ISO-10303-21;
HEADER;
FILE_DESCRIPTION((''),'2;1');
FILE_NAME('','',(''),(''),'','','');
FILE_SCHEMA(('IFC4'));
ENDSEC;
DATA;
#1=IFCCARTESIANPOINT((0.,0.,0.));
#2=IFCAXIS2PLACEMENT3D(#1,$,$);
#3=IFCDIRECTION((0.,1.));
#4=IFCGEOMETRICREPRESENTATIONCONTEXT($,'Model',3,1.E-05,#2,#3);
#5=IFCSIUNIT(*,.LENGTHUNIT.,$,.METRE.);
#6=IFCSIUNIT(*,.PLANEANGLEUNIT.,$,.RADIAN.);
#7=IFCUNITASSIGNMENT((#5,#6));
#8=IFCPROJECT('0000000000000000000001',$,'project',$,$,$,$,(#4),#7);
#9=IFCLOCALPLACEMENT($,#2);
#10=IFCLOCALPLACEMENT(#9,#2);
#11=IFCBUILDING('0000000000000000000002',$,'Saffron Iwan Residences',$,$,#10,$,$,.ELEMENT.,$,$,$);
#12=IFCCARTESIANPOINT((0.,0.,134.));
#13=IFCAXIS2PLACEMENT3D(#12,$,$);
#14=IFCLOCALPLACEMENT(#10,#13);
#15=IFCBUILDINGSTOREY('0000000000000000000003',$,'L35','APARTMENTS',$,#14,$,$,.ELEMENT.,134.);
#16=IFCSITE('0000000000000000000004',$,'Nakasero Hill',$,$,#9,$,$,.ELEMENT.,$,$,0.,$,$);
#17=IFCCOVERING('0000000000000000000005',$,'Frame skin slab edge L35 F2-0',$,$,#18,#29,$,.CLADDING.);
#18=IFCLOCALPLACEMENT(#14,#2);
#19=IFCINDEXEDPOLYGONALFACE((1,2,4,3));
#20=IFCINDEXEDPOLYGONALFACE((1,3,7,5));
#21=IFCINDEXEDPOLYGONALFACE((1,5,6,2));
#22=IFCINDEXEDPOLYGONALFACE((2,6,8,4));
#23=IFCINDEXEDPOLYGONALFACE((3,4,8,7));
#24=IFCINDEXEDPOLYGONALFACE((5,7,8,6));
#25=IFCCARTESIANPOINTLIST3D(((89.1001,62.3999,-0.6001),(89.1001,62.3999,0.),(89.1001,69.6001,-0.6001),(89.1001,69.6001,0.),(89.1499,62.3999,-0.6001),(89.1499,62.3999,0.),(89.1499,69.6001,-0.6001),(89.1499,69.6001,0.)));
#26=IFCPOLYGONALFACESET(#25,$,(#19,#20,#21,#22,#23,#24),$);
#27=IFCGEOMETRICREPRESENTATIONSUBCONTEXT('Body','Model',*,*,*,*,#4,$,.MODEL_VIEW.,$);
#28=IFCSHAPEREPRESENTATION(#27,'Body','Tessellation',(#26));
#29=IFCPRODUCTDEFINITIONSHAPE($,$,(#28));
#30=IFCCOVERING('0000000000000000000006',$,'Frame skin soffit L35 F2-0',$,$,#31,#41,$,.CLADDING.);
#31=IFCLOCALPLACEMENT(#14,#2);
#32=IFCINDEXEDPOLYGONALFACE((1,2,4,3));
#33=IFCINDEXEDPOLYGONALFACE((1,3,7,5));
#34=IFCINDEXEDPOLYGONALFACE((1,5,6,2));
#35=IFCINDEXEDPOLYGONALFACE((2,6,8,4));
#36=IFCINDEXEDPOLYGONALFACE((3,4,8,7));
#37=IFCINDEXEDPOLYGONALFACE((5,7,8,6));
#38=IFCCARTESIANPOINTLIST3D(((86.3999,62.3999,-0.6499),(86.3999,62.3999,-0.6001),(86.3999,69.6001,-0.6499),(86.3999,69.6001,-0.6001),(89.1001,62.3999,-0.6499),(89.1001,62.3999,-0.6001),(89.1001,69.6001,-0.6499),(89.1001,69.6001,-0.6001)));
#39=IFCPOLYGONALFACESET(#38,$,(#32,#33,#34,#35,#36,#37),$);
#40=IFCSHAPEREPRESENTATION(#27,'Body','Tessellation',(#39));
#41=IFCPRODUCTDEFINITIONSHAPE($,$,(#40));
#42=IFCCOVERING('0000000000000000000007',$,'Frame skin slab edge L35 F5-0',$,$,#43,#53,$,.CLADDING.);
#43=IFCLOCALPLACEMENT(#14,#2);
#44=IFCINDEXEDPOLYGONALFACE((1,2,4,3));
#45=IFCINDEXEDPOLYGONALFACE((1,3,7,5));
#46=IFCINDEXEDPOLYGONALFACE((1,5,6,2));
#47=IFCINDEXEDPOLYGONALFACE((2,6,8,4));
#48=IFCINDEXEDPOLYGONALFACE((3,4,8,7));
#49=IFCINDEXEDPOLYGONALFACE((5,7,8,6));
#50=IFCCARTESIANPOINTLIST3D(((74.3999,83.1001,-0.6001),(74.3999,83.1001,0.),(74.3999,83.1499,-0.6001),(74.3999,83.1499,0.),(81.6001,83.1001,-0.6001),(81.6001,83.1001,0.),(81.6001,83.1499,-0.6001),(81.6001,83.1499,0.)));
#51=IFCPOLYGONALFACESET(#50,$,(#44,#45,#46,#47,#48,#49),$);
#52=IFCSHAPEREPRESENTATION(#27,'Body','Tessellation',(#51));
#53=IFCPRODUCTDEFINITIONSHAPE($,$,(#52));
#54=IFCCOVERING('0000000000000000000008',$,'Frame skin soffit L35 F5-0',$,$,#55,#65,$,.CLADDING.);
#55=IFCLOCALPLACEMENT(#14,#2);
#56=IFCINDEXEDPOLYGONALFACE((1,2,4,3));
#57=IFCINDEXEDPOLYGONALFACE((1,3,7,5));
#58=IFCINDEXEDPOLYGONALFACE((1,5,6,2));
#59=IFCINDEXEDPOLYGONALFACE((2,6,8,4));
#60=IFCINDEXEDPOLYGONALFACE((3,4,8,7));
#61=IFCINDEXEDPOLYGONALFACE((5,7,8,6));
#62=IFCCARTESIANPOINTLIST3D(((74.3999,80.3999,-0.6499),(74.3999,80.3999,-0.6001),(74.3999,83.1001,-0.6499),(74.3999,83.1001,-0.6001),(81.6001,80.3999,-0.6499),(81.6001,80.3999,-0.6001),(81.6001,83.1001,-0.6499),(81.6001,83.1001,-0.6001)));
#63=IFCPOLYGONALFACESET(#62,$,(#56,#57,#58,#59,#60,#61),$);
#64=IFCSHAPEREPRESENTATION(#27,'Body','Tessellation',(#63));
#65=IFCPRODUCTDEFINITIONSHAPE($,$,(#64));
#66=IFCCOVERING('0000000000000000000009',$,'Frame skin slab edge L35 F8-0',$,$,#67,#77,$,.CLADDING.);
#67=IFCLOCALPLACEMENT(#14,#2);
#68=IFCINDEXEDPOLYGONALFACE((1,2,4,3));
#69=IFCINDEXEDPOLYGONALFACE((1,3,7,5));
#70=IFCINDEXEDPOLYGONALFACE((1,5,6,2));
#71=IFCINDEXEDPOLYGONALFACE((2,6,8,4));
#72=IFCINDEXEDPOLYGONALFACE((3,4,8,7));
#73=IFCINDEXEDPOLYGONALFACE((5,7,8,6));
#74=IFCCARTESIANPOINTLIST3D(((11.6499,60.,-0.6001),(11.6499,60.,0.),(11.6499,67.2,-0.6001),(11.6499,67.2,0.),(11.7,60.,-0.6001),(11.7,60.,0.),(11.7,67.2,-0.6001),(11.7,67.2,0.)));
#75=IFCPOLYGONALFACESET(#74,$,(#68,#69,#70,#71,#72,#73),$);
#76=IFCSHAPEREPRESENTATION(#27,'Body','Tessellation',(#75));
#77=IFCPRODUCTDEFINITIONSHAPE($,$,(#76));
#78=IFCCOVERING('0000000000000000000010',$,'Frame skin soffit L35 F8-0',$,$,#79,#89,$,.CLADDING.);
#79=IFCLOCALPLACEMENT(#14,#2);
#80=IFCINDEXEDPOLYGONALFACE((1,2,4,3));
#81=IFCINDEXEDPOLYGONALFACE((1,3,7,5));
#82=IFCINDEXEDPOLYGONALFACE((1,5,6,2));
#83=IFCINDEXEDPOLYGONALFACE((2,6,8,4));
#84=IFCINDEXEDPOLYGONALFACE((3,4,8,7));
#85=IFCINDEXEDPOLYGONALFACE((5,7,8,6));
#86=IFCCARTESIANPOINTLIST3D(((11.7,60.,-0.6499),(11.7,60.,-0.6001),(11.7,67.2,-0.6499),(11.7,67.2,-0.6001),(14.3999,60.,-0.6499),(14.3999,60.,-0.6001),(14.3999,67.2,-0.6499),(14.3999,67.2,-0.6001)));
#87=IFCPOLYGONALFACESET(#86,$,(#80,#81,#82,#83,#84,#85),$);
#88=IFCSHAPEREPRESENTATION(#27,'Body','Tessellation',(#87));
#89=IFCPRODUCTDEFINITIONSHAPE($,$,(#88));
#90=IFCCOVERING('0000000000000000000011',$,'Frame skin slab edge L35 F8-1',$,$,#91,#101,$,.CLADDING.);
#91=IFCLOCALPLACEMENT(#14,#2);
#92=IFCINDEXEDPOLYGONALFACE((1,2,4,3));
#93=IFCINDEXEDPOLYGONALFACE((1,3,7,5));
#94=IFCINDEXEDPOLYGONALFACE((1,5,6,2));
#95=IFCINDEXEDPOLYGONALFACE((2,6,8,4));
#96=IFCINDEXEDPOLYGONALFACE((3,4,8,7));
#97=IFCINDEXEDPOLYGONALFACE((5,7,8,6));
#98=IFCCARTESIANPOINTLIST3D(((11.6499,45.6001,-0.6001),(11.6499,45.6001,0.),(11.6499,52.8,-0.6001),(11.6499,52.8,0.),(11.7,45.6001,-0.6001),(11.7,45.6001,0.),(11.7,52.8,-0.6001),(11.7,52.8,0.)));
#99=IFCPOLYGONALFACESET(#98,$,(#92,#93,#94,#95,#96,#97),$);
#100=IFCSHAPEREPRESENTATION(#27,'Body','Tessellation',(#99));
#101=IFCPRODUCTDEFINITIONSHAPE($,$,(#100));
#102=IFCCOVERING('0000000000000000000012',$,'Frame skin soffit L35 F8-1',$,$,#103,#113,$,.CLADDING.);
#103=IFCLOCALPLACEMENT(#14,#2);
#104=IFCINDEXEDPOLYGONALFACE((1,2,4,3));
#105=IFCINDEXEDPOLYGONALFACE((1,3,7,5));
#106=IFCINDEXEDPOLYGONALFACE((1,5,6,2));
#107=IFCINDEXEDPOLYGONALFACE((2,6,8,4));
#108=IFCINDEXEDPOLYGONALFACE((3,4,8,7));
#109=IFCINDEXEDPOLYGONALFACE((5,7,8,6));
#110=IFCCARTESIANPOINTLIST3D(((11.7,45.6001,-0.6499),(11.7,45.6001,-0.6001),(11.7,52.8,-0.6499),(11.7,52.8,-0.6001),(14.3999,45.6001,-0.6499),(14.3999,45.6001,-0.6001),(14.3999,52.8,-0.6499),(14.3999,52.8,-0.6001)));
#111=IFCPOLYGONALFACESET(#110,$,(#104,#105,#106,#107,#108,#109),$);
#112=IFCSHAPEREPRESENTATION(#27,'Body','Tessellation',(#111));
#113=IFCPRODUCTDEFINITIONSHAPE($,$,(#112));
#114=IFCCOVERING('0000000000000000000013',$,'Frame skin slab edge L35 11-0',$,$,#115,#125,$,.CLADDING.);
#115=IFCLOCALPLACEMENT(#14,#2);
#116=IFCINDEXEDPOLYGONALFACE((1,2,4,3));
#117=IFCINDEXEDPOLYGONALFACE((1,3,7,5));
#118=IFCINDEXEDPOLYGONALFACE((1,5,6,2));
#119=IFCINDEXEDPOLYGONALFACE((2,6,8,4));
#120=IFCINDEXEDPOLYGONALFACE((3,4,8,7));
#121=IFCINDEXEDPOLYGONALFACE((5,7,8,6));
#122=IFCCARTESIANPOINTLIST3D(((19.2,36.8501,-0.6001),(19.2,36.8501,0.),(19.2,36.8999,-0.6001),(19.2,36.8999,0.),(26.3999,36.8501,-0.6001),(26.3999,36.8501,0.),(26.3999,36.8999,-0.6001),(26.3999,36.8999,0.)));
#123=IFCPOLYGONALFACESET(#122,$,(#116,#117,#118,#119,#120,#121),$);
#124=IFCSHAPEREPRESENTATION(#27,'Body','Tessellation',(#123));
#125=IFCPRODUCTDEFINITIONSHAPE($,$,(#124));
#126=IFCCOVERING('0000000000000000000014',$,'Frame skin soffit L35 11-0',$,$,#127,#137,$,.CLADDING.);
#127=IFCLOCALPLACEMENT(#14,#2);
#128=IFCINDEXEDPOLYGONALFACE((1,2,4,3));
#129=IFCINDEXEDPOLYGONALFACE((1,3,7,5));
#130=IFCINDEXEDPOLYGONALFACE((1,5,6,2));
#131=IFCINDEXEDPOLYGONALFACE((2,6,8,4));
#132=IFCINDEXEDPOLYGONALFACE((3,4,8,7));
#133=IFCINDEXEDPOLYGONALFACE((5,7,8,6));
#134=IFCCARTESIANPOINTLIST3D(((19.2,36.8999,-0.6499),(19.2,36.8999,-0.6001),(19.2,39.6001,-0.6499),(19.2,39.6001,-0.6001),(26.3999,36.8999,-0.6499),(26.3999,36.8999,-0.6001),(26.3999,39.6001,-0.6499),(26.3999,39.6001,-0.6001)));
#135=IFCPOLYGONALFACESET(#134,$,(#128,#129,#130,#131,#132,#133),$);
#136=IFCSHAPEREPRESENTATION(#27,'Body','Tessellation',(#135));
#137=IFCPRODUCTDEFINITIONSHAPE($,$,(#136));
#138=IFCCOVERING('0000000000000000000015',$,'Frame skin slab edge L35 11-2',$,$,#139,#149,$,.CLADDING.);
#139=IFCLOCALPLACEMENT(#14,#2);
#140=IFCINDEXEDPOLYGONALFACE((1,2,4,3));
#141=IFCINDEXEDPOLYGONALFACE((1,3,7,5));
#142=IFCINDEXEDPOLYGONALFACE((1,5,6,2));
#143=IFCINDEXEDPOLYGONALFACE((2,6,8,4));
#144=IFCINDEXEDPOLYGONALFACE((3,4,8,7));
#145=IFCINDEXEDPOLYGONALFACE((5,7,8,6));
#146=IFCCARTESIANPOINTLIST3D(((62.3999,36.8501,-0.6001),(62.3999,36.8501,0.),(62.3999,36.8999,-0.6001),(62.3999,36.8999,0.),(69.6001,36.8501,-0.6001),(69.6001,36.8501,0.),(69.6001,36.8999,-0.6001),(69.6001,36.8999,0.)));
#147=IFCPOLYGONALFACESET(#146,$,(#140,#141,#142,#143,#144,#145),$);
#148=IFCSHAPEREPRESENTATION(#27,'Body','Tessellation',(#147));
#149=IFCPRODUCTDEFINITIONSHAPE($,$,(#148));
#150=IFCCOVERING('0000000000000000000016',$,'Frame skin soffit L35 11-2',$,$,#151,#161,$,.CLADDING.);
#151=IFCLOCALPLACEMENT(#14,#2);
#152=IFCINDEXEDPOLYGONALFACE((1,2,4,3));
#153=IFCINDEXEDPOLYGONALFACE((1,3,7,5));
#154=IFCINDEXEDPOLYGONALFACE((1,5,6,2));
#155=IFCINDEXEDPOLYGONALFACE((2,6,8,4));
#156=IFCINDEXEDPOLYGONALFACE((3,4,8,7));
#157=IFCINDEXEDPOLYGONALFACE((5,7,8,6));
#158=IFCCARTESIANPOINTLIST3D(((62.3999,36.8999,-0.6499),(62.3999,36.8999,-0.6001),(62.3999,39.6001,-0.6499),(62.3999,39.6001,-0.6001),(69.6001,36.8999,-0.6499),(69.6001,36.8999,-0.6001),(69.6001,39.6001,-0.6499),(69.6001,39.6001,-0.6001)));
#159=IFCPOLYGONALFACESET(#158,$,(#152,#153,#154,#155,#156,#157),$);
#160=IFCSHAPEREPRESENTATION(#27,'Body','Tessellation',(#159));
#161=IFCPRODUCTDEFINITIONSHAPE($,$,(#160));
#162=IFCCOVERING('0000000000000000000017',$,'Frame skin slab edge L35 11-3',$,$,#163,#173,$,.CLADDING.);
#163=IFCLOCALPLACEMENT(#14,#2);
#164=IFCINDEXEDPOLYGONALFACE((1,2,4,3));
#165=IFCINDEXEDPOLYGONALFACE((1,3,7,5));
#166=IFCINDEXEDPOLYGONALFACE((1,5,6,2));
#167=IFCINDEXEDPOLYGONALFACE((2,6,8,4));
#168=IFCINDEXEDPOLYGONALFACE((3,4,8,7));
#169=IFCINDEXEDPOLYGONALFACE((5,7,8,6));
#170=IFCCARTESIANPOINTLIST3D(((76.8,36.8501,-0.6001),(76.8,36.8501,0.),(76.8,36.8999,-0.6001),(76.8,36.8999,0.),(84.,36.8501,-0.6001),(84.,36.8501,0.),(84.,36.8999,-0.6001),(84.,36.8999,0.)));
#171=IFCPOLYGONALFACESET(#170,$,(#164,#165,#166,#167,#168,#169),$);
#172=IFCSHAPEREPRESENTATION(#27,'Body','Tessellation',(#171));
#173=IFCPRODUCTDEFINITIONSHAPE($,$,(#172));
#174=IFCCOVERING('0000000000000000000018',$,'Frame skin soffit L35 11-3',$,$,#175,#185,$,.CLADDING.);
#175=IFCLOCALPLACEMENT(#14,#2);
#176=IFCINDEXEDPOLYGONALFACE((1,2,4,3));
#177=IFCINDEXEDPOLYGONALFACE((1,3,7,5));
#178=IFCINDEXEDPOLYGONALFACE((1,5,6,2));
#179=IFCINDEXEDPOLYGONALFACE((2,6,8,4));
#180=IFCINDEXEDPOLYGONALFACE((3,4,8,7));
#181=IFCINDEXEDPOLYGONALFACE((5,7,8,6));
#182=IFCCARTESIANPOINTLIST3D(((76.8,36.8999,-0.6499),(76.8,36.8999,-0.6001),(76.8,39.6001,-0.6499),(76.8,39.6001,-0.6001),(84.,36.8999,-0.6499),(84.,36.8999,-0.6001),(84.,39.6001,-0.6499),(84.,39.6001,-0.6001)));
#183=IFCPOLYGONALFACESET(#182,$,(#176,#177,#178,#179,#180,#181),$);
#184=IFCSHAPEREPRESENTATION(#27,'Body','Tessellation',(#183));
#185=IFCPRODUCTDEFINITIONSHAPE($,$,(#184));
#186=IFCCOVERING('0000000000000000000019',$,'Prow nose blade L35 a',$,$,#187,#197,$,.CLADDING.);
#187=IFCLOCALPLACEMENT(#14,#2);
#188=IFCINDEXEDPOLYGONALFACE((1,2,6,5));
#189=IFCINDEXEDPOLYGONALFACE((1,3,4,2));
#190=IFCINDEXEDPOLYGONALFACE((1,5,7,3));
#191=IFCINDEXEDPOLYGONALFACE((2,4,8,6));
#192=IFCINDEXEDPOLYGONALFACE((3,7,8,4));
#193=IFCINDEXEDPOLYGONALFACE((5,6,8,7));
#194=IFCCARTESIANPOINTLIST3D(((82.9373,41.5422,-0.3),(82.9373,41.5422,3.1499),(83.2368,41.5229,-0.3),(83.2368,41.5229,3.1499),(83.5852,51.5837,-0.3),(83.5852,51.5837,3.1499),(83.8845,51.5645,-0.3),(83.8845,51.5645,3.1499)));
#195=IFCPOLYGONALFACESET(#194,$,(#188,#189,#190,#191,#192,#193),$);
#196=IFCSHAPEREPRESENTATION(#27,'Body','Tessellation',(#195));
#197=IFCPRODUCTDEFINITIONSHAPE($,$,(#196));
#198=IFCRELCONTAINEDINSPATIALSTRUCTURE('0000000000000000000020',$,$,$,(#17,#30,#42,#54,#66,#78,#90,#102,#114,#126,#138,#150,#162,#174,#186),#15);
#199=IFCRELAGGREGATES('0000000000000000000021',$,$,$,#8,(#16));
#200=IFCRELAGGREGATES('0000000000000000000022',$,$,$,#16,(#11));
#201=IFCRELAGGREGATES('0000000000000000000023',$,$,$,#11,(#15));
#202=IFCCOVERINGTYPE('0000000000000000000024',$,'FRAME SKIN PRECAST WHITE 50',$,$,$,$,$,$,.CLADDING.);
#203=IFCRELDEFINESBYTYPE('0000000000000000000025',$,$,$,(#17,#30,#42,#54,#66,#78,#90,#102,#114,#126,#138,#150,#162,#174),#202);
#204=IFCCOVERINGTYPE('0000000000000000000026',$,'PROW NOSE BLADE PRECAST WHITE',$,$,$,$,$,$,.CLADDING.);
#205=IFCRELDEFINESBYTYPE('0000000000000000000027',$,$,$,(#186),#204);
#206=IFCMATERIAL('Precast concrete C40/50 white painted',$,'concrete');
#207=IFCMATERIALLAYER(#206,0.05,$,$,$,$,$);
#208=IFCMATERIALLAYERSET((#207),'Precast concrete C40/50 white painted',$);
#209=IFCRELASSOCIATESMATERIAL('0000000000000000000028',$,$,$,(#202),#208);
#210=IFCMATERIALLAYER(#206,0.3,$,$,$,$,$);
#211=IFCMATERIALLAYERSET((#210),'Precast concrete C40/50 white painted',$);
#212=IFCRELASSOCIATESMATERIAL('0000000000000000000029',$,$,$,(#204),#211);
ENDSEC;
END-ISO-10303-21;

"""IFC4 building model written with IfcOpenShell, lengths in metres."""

from ifc_helpers import new_model, si_unit, direction, frame, origin, place, context, subcontext, project, spatial, polyline, outline, extrude, material, layer, layer_set, type_object, element, save


model = new_model("IFC4")

# Units and contexts
model_context = context("Model", 3, precision=1e-05, world=origin(), true_north=direction((0.0, 1.0)))
body_context = subcontext(model_context, "Body", "Model", "MODEL_VIEW")
ifc_project = project(units=[si_unit("LENGTHUNIT", "METRE"), si_unit("PLANEANGLEUNIT", "RADIAN")], contexts=[model_context])

# Site, building, storey
site_placement = place(None, origin())
site = spatial("IfcSite", under=ifc_project, at=site_placement, Name="Nakasero Hill", CompositionType="ELEMENT", RefElevation=0.0)
building_placement = place(site_placement, origin())
building = spatial("IfcBuilding", under=site, at=building_placement, Name="Saffron Iwan Residences", CompositionType="ELEMENT")
storey_placement = place(building_placement, frame((0.0, 0.0, 134.0)))
storey = spatial("IfcBuildingStorey", under=building, at=storey_placement, Name="L35", Description="APARTMENTS", CompositionType="ELEMENT", Elevation=134.0)

# Coverings
ifc_material_1 = material(Name="Precast concrete C40/50 white painted", Category="concrete")
ifc_layer_1 = layer(ifc_material_1, 0.05)
ifc_layer_set_1 = layer_set([ifc_layer_1], Name="Precast concrete C40/50 white painted")
covering_type_1 = type_object("IfcCoveringType", Name="FRAME SKIN PRECAST WHITE 50", PredefinedType="CLADDING", material=ifc_layer_set_1)
covering_1_placement = place(storey_placement, frame((0.0, 0.0, -0.6001)))
element("IfcCovering", 1, at=covering_1_placement, inside=storey, type_object=covering_type_1, Name="Frame skin slab edge L35 F2-0", PredefinedType="CLADDING", context=body_context, shape_type="SweptSolid", body=[
    extrude(outline(polyline([(89.1499, 62.3999), (89.1499, 69.6001), (89.1001, 69.6001), (89.1001, 62.3999), (89.1499, 62.3999)])), origin(), (0.0, 0.0, 1.0), 0.6001),
])
covering_2_placement = place(storey_placement, frame((0.0, 0.0, -0.6499)))
element("IfcCovering", 2, at=covering_2_placement, inside=storey, type_object=covering_type_1, Name="Frame skin soffit L35 F2-0", PredefinedType="CLADDING", context=body_context, shape_type="SweptSolid", body=[
    extrude(outline(polyline([(89.1001, 62.3999), (89.1001, 69.6001), (86.3999, 69.6001), (86.3999, 62.3999), (89.1001, 62.3999)])), origin(), (0.0, 0.0, 1.0), 0.0498),
])
covering_3_placement = place(storey_placement, frame((0.0, 0.0, -0.6001)))
element("IfcCovering", 3, at=covering_3_placement, inside=storey, type_object=covering_type_1, Name="Frame skin slab edge L35 F5-0", PredefinedType="CLADDING", context=body_context, shape_type="SweptSolid", body=[
    extrude(outline(polyline([(81.6001, 83.1499), (74.3999, 83.1499), (74.3999, 83.1001), (81.6001, 83.1001), (81.6001, 83.1499)])), origin(), (0.0, 0.0, 1.0), 0.6001),
])
covering_4_placement = place(storey_placement, frame((0.0, 0.0, -0.6499)))
element("IfcCovering", 4, at=covering_4_placement, inside=storey, type_object=covering_type_1, Name="Frame skin soffit L35 F5-0", PredefinedType="CLADDING", context=body_context, shape_type="SweptSolid", body=[
    extrude(outline(polyline([(81.6001, 83.1001), (74.3999, 83.1001), (74.3999, 80.3999), (81.6001, 80.3999), (81.6001, 83.1001)])), origin(), (0.0, 0.0, 1.0), 0.0498),
])
covering_5_placement = place(storey_placement, frame((0.0, 0.0, -0.6001)))
element("IfcCovering", 5, at=covering_5_placement, inside=storey, type_object=covering_type_1, Name="Frame skin slab edge L35 F8-0", PredefinedType="CLADDING", context=body_context, shape_type="SweptSolid", body=[
    extrude(outline(polyline([(11.6499, 67.2), (11.6499, 60.0), (11.7, 60.0), (11.7, 67.2), (11.6499, 67.2)])), origin(), (0.0, 0.0, 1.0), 0.6001),
])
covering_6_placement = place(storey_placement, frame((0.0, 0.0, -0.6499)))
element("IfcCovering", 6, at=covering_6_placement, inside=storey, type_object=covering_type_1, Name="Frame skin soffit L35 F8-0", PredefinedType="CLADDING", context=body_context, shape_type="SweptSolid", body=[
    extrude(outline(polyline([(11.7, 67.2), (11.7, 60.0), (14.3999, 60.0), (14.3999, 67.2), (11.7, 67.2)])), origin(), (0.0, 0.0, 1.0), 0.0498),
])
covering_7_placement = place(storey_placement, frame((0.0, 0.0, -0.6001)))
element("IfcCovering", 7, at=covering_7_placement, inside=storey, type_object=covering_type_1, Name="Frame skin slab edge L35 F8-1", PredefinedType="CLADDING", context=body_context, shape_type="SweptSolid", body=[
    extrude(outline(polyline([(11.6499, 52.8), (11.6499, 45.6001), (11.7, 45.6001), (11.7, 52.8), (11.6499, 52.8)])), origin(), (0.0, 0.0, 1.0), 0.6001),
])
covering_8_placement = place(storey_placement, frame((0.0, 0.0, -0.6499)))
element("IfcCovering", 8, at=covering_8_placement, inside=storey, type_object=covering_type_1, Name="Frame skin soffit L35 F8-1", PredefinedType="CLADDING", context=body_context, shape_type="SweptSolid", body=[
    extrude(outline(polyline([(11.7, 52.8), (11.7, 45.6001), (14.3999, 45.6001), (14.3999, 52.8), (11.7, 52.8)])), origin(), (0.0, 0.0, 1.0), 0.0498),
])
covering_9_placement = place(storey_placement, frame((0.0, 0.0, -0.6001)))
element("IfcCovering", 9, at=covering_9_placement, inside=storey, type_object=covering_type_1, Name="Frame skin slab edge L35 11-0", PredefinedType="CLADDING", context=body_context, shape_type="SweptSolid", body=[
    extrude(outline(polyline([(19.2, 36.8501), (26.3999, 36.8501), (26.3999, 36.8999), (19.2, 36.8999), (19.2, 36.8501)])), origin(), (0.0, 0.0, 1.0), 0.6001),
])
covering_10_placement = place(storey_placement, frame((0.0, 0.0, -0.6499)))
element("IfcCovering", 10, at=covering_10_placement, inside=storey, type_object=covering_type_1, Name="Frame skin soffit L35 11-0", PredefinedType="CLADDING", context=body_context, shape_type="SweptSolid", body=[
    extrude(outline(polyline([(19.2, 36.8999), (26.3999, 36.8999), (26.3999, 39.6001), (19.2, 39.6001), (19.2, 36.8999)])), origin(), (0.0, 0.0, 1.0), 0.0498),
])
covering_11_placement = place(storey_placement, frame((0.0, 0.0, -0.6001)))
element("IfcCovering", 11, at=covering_11_placement, inside=storey, type_object=covering_type_1, Name="Frame skin slab edge L35 11-2", PredefinedType="CLADDING", context=body_context, shape_type="SweptSolid", body=[
    extrude(outline(polyline([(62.3999, 36.8501), (69.6001, 36.8501), (69.6001, 36.8999), (62.3999, 36.8999), (62.3999, 36.8501)])), origin(), (0.0, 0.0, 1.0), 0.6001),
])
covering_12_placement = place(storey_placement, frame((0.0, 0.0, -0.6499)))
element("IfcCovering", 12, at=covering_12_placement, inside=storey, type_object=covering_type_1, Name="Frame skin soffit L35 11-2", PredefinedType="CLADDING", context=body_context, shape_type="SweptSolid", body=[
    extrude(outline(polyline([(62.3999, 36.8999), (69.6001, 36.8999), (69.6001, 39.6001), (62.3999, 39.6001), (62.3999, 36.8999)])), origin(), (0.0, 0.0, 1.0), 0.0498),
])
covering_13_placement = place(storey_placement, frame((0.0, 0.0, -0.6001)))
element("IfcCovering", 13, at=covering_13_placement, inside=storey, type_object=covering_type_1, Name="Frame skin slab edge L35 11-3", PredefinedType="CLADDING", context=body_context, shape_type="SweptSolid", body=[
    extrude(outline(polyline([(76.8, 36.8501), (84.0, 36.8501), (84.0, 36.8999), (76.8, 36.8999), (76.8, 36.8501)])), origin(), (0.0, 0.0, 1.0), 0.6001),
])
covering_14_placement = place(storey_placement, frame((0.0, 0.0, -0.6499)))
element("IfcCovering", 14, at=covering_14_placement, inside=storey, type_object=covering_type_1, Name="Frame skin soffit L35 11-3", PredefinedType="CLADDING", context=body_context, shape_type="SweptSolid", body=[
    extrude(outline(polyline([(76.8, 36.8999), (84.0, 36.8999), (84.0, 39.6001), (76.8, 39.6001), (76.8, 36.8999)])), origin(), (0.0, 0.0, 1.0), 0.0498),
])
ifc_layer_2 = layer(ifc_material_1, 0.3)
ifc_layer_set_2 = layer_set([ifc_layer_2], Name="Precast concrete C40/50 white painted")
covering_type_2 = type_object("IfcCoveringType", Name="PROW NOSE BLADE PRECAST WHITE", PredefinedType="CLADDING", material=ifc_layer_set_2)
covering_15_placement = place(storey_placement, frame((0.0, 0.0, -0.3)))
element("IfcCovering", 15, at=covering_15_placement, inside=storey, type_object=covering_type_2, Name="Prow nose blade L35 a", PredefinedType="CLADDING", context=body_context, shape_type="SweptSolid", body=[
    extrude(outline(polyline([(83.2368, 41.5229), (83.8845, 51.5645), (83.5852, 51.5837), (82.9373, 41.5422), (83.2368, 41.5229)])), origin(), (0.0, 0.0, 1.0), 3.45),
])

save(model, "model.ifc")
